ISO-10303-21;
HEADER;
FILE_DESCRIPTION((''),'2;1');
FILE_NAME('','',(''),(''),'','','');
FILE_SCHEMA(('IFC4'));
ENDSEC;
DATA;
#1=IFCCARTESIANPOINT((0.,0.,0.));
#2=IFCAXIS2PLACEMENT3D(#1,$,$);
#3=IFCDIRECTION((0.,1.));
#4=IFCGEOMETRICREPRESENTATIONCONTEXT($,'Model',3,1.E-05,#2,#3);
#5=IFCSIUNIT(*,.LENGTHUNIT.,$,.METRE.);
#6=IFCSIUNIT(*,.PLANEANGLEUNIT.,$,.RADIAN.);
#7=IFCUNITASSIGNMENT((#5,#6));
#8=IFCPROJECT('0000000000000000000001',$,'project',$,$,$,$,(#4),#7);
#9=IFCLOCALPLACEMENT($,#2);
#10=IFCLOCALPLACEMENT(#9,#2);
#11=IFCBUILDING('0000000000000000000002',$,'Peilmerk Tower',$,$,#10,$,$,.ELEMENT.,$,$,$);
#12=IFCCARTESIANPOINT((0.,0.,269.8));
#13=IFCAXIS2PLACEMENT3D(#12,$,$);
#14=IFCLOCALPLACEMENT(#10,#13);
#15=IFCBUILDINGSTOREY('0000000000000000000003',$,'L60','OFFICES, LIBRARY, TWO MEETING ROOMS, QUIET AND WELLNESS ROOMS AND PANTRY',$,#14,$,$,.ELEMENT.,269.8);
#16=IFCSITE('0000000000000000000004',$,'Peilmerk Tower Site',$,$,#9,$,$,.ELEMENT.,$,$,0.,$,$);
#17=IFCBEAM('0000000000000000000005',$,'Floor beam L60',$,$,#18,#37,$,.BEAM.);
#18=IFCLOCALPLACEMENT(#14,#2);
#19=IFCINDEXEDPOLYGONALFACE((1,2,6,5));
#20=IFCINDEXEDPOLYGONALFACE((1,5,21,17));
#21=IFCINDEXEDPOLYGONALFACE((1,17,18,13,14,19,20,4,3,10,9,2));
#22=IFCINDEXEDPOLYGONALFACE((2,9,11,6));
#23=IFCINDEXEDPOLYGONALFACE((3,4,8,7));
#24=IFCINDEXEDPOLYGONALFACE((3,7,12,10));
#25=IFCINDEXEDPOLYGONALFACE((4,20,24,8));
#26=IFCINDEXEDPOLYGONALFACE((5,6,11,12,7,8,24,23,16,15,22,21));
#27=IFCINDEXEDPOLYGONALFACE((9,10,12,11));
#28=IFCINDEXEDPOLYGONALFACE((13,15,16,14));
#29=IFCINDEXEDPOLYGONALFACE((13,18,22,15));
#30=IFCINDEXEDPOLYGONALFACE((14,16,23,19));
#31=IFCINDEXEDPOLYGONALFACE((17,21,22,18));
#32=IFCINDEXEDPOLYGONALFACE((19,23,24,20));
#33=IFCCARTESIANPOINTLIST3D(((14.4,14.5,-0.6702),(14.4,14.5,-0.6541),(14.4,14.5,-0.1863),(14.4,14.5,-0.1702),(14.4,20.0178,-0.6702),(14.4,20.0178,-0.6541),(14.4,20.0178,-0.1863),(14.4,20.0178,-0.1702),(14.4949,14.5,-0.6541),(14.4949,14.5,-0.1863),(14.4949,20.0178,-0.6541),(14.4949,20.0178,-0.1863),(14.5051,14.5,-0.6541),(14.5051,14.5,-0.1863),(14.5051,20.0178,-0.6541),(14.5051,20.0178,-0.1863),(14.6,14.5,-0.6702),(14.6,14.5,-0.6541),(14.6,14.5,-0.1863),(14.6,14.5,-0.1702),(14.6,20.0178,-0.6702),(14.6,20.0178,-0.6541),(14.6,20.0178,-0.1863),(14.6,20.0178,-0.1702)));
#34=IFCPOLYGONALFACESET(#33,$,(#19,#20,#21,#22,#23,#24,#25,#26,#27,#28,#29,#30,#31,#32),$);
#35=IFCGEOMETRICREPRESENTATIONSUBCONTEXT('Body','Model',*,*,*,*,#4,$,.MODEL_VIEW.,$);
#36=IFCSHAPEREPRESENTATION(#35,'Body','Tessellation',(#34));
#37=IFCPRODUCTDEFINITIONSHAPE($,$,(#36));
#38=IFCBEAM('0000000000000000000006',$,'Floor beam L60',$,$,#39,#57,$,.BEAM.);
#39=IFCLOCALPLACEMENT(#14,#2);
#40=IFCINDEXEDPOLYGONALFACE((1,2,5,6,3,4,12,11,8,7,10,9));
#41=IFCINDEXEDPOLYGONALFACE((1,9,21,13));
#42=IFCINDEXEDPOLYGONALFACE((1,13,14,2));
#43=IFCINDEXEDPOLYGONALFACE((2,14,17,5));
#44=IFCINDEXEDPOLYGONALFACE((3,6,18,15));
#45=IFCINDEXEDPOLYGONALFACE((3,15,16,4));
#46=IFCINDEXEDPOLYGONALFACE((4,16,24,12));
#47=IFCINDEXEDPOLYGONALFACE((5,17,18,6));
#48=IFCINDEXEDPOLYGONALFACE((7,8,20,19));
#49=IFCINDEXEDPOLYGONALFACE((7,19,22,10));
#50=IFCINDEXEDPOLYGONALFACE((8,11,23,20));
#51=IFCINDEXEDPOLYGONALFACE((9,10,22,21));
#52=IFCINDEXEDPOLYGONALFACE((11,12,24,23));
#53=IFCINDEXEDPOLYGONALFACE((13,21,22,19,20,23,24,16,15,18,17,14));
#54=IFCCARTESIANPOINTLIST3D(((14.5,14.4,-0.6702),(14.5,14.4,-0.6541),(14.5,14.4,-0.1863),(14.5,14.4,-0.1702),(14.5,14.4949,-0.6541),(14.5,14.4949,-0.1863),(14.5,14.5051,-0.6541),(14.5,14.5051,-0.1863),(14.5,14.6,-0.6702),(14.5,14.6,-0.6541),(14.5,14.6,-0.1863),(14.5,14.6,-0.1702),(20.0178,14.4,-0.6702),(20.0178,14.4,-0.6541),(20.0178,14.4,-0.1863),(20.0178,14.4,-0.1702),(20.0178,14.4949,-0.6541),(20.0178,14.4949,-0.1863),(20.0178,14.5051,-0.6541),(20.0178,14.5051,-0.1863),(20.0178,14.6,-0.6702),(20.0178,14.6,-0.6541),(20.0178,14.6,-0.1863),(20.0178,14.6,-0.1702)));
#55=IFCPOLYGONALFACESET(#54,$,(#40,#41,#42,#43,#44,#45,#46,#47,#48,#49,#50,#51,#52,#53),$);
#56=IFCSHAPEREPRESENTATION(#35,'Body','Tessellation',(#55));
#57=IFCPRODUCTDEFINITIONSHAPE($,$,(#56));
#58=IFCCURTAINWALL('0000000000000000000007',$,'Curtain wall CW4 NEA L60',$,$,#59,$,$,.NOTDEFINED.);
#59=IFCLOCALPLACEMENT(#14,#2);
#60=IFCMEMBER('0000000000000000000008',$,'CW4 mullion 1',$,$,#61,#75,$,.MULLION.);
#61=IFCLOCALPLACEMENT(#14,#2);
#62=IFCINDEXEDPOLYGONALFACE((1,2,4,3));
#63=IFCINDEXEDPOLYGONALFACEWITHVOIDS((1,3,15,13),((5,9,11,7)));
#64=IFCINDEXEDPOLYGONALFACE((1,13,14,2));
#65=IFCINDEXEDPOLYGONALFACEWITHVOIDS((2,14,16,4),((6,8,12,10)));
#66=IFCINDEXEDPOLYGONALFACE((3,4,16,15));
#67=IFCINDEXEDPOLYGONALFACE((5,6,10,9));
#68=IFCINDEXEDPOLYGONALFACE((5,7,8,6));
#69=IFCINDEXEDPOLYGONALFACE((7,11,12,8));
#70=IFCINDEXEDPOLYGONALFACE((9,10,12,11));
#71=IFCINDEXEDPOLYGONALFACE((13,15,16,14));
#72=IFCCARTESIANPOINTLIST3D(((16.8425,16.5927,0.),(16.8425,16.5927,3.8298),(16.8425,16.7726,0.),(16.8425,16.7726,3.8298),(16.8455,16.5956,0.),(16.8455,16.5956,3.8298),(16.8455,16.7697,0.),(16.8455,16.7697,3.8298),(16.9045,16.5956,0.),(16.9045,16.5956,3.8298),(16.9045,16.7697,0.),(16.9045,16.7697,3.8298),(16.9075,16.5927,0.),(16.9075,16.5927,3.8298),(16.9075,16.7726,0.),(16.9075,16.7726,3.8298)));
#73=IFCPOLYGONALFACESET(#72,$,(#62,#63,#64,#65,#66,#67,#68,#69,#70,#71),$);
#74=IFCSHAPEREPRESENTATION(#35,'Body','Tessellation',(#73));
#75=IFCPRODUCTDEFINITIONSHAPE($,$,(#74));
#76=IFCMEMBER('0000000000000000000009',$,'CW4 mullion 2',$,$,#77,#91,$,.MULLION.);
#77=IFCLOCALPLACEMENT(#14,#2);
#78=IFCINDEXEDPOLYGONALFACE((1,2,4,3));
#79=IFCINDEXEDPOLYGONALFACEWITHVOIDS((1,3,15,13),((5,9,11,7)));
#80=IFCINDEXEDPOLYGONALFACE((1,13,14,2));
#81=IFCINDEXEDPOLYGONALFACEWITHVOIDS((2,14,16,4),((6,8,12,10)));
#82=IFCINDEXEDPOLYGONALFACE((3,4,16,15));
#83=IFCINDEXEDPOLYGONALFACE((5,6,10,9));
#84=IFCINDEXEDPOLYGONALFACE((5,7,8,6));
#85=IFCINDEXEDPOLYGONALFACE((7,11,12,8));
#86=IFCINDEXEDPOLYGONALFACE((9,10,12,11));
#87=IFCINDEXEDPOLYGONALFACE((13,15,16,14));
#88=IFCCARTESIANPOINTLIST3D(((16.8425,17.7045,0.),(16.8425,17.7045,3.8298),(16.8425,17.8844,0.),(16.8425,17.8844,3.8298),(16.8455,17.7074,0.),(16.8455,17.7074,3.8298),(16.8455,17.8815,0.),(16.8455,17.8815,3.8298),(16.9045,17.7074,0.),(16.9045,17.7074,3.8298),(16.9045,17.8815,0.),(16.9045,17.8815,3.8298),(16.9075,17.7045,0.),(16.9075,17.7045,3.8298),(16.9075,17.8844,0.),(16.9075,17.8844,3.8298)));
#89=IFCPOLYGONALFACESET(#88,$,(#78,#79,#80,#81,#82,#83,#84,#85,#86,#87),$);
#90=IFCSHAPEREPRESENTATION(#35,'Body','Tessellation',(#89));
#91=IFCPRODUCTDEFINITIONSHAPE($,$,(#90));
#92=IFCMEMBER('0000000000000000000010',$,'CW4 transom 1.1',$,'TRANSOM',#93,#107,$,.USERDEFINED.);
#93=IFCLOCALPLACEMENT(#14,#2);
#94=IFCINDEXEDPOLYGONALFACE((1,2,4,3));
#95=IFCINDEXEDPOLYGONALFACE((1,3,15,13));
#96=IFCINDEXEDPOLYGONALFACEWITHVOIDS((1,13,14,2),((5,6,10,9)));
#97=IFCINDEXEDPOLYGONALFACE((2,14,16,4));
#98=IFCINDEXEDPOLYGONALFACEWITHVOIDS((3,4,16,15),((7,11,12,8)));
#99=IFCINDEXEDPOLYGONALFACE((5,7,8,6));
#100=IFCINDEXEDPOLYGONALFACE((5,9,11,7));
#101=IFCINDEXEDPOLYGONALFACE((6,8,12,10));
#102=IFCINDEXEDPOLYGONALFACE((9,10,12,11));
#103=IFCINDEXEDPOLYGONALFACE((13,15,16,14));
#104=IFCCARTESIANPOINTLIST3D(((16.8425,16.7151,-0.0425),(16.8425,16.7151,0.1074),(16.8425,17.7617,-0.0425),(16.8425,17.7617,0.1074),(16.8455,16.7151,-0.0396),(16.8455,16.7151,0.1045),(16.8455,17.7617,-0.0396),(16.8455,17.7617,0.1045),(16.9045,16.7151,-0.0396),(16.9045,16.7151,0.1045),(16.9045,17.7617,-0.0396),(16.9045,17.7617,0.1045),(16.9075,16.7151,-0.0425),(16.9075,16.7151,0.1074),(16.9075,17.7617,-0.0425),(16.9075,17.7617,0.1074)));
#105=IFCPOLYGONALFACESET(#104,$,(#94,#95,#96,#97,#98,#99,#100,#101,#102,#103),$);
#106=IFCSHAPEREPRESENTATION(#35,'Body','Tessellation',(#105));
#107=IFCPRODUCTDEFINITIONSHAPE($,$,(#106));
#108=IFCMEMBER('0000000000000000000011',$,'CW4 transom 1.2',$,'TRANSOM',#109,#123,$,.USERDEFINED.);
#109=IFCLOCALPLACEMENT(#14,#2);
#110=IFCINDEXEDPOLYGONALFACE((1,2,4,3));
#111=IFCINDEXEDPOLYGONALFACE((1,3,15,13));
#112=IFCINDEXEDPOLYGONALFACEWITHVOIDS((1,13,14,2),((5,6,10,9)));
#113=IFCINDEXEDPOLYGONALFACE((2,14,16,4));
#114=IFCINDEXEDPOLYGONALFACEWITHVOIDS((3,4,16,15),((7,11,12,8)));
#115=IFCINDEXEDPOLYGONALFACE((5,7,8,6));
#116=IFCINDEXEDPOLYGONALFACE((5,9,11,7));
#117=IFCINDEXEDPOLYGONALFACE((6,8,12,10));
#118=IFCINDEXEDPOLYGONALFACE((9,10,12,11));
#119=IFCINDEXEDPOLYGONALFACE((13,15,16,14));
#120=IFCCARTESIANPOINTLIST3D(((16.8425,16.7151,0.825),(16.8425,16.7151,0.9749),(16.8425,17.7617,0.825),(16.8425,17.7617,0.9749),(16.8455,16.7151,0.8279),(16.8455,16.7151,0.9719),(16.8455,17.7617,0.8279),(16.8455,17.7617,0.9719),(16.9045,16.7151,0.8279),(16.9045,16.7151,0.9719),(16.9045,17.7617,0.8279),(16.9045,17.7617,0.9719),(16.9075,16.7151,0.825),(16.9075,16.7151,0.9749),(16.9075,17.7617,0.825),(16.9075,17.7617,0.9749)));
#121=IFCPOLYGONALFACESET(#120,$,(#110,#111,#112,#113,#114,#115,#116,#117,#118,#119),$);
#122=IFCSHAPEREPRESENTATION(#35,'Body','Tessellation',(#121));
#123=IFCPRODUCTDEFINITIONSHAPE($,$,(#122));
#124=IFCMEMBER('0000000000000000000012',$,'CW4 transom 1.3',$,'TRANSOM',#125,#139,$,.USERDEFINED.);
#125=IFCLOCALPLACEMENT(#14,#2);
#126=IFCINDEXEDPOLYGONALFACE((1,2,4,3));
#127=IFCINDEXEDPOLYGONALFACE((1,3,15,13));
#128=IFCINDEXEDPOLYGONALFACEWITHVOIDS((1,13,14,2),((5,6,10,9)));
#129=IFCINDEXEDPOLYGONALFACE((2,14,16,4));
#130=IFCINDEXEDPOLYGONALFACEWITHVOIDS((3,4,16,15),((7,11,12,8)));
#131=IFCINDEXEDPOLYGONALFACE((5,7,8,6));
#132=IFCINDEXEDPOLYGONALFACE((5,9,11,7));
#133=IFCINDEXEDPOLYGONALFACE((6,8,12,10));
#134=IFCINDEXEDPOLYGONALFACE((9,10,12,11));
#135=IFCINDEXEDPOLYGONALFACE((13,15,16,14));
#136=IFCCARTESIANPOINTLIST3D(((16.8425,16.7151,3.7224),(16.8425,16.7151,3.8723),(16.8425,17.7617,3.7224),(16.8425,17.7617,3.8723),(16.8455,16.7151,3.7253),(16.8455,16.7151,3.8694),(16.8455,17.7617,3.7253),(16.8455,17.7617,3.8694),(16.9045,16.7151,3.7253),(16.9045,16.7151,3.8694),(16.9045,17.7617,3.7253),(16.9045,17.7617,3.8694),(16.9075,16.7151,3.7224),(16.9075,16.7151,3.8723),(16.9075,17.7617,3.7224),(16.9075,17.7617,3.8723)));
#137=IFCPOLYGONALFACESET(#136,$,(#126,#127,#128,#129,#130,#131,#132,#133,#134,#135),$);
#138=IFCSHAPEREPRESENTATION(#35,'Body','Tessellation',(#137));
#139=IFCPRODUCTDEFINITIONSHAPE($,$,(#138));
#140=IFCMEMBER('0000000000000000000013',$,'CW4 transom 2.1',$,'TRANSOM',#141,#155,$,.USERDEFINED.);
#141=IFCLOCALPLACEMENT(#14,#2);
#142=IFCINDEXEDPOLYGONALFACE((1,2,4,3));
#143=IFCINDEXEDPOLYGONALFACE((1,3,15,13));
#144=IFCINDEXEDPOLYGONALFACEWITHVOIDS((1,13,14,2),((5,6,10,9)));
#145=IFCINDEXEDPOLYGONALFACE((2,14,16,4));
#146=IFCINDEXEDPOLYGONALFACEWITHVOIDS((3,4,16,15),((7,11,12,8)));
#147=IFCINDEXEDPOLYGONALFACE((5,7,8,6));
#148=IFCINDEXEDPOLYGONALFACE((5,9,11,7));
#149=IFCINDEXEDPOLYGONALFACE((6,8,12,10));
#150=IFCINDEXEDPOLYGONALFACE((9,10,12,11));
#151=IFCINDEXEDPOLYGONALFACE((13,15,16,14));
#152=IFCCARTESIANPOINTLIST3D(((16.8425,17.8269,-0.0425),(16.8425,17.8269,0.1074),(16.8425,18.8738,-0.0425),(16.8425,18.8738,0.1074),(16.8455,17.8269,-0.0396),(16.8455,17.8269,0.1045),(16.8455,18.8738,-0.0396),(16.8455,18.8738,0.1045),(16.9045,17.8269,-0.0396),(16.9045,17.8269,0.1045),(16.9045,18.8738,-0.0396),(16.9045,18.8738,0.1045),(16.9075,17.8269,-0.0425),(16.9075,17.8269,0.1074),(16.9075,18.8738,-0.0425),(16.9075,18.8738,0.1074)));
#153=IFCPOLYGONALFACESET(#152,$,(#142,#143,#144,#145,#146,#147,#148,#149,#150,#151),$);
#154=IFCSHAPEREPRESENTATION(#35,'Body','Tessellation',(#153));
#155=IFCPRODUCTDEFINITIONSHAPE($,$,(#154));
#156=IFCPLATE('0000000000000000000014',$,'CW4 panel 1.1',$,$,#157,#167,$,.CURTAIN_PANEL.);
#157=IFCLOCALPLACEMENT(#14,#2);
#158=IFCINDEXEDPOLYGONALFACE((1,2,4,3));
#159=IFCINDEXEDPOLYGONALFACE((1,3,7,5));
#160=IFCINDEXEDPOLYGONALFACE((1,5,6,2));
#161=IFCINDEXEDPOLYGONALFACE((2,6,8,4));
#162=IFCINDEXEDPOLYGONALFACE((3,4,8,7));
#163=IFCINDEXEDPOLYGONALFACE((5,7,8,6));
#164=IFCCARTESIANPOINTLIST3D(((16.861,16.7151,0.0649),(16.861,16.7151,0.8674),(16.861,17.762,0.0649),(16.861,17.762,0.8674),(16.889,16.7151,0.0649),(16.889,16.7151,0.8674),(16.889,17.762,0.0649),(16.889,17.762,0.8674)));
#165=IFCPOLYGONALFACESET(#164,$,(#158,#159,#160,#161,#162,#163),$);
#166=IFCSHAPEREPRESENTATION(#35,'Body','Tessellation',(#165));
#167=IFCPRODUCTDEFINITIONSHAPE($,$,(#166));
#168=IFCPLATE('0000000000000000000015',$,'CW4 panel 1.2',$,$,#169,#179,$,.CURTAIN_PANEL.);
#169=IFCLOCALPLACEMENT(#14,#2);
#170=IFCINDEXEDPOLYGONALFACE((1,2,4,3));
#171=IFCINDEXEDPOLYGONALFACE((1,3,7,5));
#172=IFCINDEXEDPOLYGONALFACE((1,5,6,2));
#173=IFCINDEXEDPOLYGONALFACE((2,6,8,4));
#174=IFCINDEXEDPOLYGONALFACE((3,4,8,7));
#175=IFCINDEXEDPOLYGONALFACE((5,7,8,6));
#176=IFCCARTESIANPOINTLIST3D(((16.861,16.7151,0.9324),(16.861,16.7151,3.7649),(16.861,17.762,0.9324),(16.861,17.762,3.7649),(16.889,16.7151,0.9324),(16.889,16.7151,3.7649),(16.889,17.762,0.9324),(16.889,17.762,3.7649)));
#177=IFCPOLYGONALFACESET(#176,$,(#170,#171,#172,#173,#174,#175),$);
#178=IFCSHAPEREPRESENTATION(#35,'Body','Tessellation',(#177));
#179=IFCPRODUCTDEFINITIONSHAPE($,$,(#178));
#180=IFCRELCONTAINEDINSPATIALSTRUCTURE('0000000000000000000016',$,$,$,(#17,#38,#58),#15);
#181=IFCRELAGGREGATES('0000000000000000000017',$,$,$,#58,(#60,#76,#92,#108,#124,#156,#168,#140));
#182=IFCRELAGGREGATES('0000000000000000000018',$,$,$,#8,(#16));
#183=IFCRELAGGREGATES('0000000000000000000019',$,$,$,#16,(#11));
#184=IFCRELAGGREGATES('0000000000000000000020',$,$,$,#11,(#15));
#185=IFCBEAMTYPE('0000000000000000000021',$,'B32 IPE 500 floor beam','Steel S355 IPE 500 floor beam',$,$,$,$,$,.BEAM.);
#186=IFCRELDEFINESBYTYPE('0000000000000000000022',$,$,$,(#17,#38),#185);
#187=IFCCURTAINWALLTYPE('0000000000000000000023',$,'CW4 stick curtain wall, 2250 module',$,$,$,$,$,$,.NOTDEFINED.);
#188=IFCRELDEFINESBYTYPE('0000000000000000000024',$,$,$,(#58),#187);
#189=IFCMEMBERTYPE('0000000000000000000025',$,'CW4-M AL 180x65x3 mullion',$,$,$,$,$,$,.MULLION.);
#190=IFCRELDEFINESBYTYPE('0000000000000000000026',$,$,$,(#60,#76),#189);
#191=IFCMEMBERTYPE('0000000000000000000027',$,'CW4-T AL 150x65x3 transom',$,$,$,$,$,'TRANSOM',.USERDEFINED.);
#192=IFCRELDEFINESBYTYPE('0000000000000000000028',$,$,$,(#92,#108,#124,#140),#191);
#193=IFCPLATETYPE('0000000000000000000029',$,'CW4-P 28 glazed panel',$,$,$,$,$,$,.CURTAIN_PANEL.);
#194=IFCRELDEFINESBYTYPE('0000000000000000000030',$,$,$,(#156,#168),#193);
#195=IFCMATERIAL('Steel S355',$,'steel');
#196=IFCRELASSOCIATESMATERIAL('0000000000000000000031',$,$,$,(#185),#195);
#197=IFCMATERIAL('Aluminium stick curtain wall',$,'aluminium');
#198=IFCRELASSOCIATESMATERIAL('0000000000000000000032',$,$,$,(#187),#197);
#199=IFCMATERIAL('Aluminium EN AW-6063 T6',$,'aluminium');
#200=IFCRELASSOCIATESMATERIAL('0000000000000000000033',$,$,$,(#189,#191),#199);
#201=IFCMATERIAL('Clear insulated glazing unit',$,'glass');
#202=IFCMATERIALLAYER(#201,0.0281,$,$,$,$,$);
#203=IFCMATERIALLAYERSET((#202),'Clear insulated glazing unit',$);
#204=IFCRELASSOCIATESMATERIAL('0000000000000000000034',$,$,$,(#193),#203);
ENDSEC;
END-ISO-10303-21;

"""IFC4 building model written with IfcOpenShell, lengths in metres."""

from ifc_helpers import new_model, si_unit, direction, frame, origin, origin_2d, place, context, subcontext, project, spatial, rectangle, hollow_rectangle, i_section, extrude, material, layer, layer_set, material_profile, profile_set, type_object, element, aggregate, save


model = new_model("IFC4")

# Units and contexts
model_context = context("Model", 3, precision=1e-05, world=origin(), true_north=direction((0.0, 1.0)))
body_context = subcontext(model_context, "Body", "Model", "MODEL_VIEW")
ifc_project = project(units=[si_unit("LENGTHUNIT", "METRE"), si_unit("PLANEANGLEUNIT", "RADIAN")], contexts=[model_context])

# Site, building, storey
site_placement = place(None, origin())
site = spatial("IfcSite", under=ifc_project, at=site_placement, Name="Peilmerk Tower Site", CompositionType="ELEMENT", RefElevation=0.0)
building_placement = place(site_placement, origin())
building = spatial("IfcBuilding", under=site, at=building_placement, Name="Peilmerk Tower", CompositionType="ELEMENT")
storey_placement = place(building_placement, frame((0.0, 0.0, 269.8)))
storey = spatial("IfcBuildingStorey", under=building, at=storey_placement, Name="L60", Description="OFFICES, LIBRARY, TWO MEETING ROOMS, QUIET AND WELLNESS ROOMS AND PANTRY", CompositionType="ELEMENT", Elevation=269.8)

# Beams
ifc_material_1 = material(Name="Steel S355", Category="steel")
ifc_material_profile_1 = material_profile(ifc_material_1, i_section(OverallWidth=0.2, OverallDepth=0.5, WebThickness=0.0103, FlangeThickness=0.0161, at=origin_2d()), Name="IPE 500")
ifc_profile_set_1 = profile_set([ifc_material_profile_1], Name="Steel S355")
beam_type_1 = type_object("IfcBeamType", Name="B32 IPE 500 floor beam", Description="Steel S355 IPE 500 floor beam", PredefinedType="BEAM", material=ifc_profile_set_1)
for number, where, z_axis, x_axis, name in (
    (1, (14.5, 14.5, -0.4202), (0.0, 1.0, 0.0), (-1.0, 0.0, 0.0), "Floor beam L60"),
    (2, (14.5, 14.5, -0.4202), (1.0, 0.0, 0.0), (0.0, 1.0, 0.0), "Floor beam L60"),
):
    element("IfcBeam", number, at=place(storey_placement, frame(where, z_axis=z_axis, x_axis=x_axis)), inside=storey, type_object=beam_type_1, Name=name, PredefinedType="BEAM", context=body_context, shape_type="SweptSolid", body=[
        extrude(i_section(OverallWidth=0.2, OverallDepth=0.5, WebThickness=0.0103, FlangeThickness=0.0161, at=origin_2d()), origin(), (0.0, 0.0, 1.0), 5.5178),
    ])

# Curtain wall, members, plates
ifc_material_2 = material(Name="Aluminium stick curtain wall", Category="aluminium")
curtain_wall_type = type_object("IfcCurtainWallType", Name="CW4 stick curtain wall, 2250 module", PredefinedType="NOTDEFINED", material=ifc_material_2)
curtain_wall_placement = place(storey_placement, origin())
curtain_wall = element("IfcCurtainWall", 3, at=curtain_wall_placement, inside=storey, type_object=curtain_wall_type, Name="Curtain wall CW4 NEA L60", PredefinedType="NOTDEFINED")
ifc_material_3 = material(Name="Aluminium EN AW-6063 T6", Category="aluminium")
ifc_material_profile_2 = material_profile(ifc_material_3, hollow_rectangle(XDim=0.0649, YDim=0.1799, WallThickness=0.0029, at=origin_2d()), Name="AL 180x65x3")
ifc_profile_set_2 = profile_set([ifc_material_profile_2], Name="Aluminium EN AW-6063 T6")
member_type_1 = type_object("IfcMemberType", Name="CW4-M AL 180x65x3 mullion", PredefinedType="MULLION", material=ifc_profile_set_2)
member_1_placement = place(storey_placement, frame((16.875, 16.6826, 0.0), z_axis=(0.0, 0.0, 1.0), x_axis=(-1.0, 0.0, 0.0)))
member_1 = element("IfcMember", 4, at=member_1_placement, type_object=member_type_1, Name="CW4 mullion 1", PredefinedType="MULLION", context=body_context, shape_type="SweptSolid", body=[
    extrude(hollow_rectangle(XDim=0.0649, YDim=0.1799, WallThickness=0.0029, at=origin_2d()), origin(), (0.0, 0.0, 1.0), 3.8298),
])
member_2_placement = place(storey_placement, frame((16.875, 17.7944, 0.0), z_axis=(0.0, 0.0, 1.0), x_axis=(-1.0, 0.0, 0.0)))
member_2 = element("IfcMember", 5, at=member_2_placement, type_object=member_type_1, Name="CW4 mullion 2", PredefinedType="MULLION", context=body_context, shape_type="SweptSolid", body=[
    extrude(hollow_rectangle(XDim=0.0649, YDim=0.1799, WallThickness=0.0029, at=origin_2d()), origin(), (0.0, 0.0, 1.0), 3.8298),
])
ifc_material_profile_3 = material_profile(ifc_material_3, hollow_rectangle(XDim=0.0649, YDim=0.1499, WallThickness=0.0029, at=origin_2d()), Name="AL 150x65x3")
ifc_profile_set_3 = profile_set([ifc_material_profile_3], Name="Aluminium EN AW-6063 T6")
member_type_2 = type_object("IfcMemberType", Name="CW4-T AL 150x65x3 transom", ElementType="TRANSOM", PredefinedType="USERDEFINED", material=ifc_profile_set_3)
member_3_placement = place(storey_placement, frame((16.875, 16.7151, 0.0325), z_axis=(0.0, 1.0, 0.0), x_axis=(-1.0, 0.0, 0.0)))
member_3 = element("IfcMember", 6, at=member_3_placement, type_object=member_type_2, Name="CW4 transom 1.1", ObjectType="TRANSOM", PredefinedType="USERDEFINED", context=body_context, shape_type="SweptSolid", body=[
    extrude(hollow_rectangle(XDim=0.0649, YDim=0.1499, WallThickness=0.0029, at=origin_2d()), origin(), (0.0, 0.0, 1.0), 1.0466),
])
member_4_placement = place(storey_placement, frame((16.875, 16.7151, 0.8999), z_axis=(0.0, 1.0, 0.0), x_axis=(-1.0, 0.0, 0.0)))
member_4 = element("IfcMember", 7, at=member_4_placement, type_object=member_type_2, Name="CW4 transom 1.2", ObjectType="TRANSOM", PredefinedType="USERDEFINED", context=body_context, shape_type="SweptSolid", body=[
    extrude(hollow_rectangle(XDim=0.0649, YDim=0.1499, WallThickness=0.0029, at=origin_2d()), origin(), (0.0, 0.0, 1.0), 1.0466),
])
member_5_placement = place(storey_placement, frame((16.875, 16.7151, 3.7974), z_axis=(0.0, 1.0, 0.0), x_axis=(-1.0, 0.0, 0.0)))
member_5 = element("IfcMember", 8, at=member_5_placement, type_object=member_type_2, Name="CW4 transom 1.3", ObjectType="TRANSOM", PredefinedType="USERDEFINED", context=body_context, shape_type="SweptSolid", body=[
    extrude(hollow_rectangle(XDim=0.0649, YDim=0.1499, WallThickness=0.0029, at=origin_2d()), origin(), (0.0, 0.0, 1.0), 1.0466),
])
member_6_placement = place(storey_placement, frame((16.875, 17.8269, 0.0325), z_axis=(0.0, 1.0, 0.0), x_axis=(-1.0, 0.0, 0.0)))
member_6 = element("IfcMember", 9, at=member_6_placement, type_object=member_type_2, Name="CW4 transom 2.1", ObjectType="TRANSOM", PredefinedType="USERDEFINED", context=body_context, shape_type="SweptSolid", body=[
    extrude(hollow_rectangle(XDim=0.0649, YDim=0.1499, WallThickness=0.0029, at=origin_2d()), origin(), (0.0, 0.0, 1.0), 1.0469),
])
ifc_material_4 = material(Name="Clear insulated glazing unit", Category="glass")
ifc_layer_1 = layer(ifc_material_4, 0.0281)
ifc_layer_set_1 = layer_set([ifc_layer_1], Name="Clear insulated glazing unit")
plate_type = type_object("IfcPlateType", Name="CW4-P 28 glazed panel", PredefinedType="CURTAIN_PANEL", material=ifc_layer_set_1)
plate_1_placement = place(storey_placement, frame((16.875, 17.2385, 0.0649), z_axis=(0.0, 0.0, 1.0), x_axis=(0.0, 1.0, 0.0)))
plate_1 = element("IfcPlate", 10, at=plate_1_placement, type_object=plate_type, Name="CW4 panel 1.1", PredefinedType="CURTAIN_PANEL", context=body_context, shape_type="SweptSolid", body=[
    extrude(rectangle(XDim=1.0469, YDim=0.0281, at=origin_2d()), origin(), (0.0, 0.0, 1.0), 0.8025),
])
plate_2_placement = place(storey_placement, frame((16.875, 17.2385, 0.9324), z_axis=(0.0, 0.0, 1.0), x_axis=(0.0, 1.0, 0.0)))
plate_2 = element("IfcPlate", 11, at=plate_2_placement, type_object=plate_type, Name="CW4 panel 1.2", PredefinedType="CURTAIN_PANEL", context=body_context, shape_type="SweptSolid", body=[
    extrude(rectangle(XDim=1.0469, YDim=0.0281, at=origin_2d()), origin(), (0.0, 0.0, 1.0), 2.8325),
])
aggregate(curtain_wall, [member_1, member_2, member_3, member_4, member_5, plate_1, plate_2, member_6])

save(model, "model.ifc")
